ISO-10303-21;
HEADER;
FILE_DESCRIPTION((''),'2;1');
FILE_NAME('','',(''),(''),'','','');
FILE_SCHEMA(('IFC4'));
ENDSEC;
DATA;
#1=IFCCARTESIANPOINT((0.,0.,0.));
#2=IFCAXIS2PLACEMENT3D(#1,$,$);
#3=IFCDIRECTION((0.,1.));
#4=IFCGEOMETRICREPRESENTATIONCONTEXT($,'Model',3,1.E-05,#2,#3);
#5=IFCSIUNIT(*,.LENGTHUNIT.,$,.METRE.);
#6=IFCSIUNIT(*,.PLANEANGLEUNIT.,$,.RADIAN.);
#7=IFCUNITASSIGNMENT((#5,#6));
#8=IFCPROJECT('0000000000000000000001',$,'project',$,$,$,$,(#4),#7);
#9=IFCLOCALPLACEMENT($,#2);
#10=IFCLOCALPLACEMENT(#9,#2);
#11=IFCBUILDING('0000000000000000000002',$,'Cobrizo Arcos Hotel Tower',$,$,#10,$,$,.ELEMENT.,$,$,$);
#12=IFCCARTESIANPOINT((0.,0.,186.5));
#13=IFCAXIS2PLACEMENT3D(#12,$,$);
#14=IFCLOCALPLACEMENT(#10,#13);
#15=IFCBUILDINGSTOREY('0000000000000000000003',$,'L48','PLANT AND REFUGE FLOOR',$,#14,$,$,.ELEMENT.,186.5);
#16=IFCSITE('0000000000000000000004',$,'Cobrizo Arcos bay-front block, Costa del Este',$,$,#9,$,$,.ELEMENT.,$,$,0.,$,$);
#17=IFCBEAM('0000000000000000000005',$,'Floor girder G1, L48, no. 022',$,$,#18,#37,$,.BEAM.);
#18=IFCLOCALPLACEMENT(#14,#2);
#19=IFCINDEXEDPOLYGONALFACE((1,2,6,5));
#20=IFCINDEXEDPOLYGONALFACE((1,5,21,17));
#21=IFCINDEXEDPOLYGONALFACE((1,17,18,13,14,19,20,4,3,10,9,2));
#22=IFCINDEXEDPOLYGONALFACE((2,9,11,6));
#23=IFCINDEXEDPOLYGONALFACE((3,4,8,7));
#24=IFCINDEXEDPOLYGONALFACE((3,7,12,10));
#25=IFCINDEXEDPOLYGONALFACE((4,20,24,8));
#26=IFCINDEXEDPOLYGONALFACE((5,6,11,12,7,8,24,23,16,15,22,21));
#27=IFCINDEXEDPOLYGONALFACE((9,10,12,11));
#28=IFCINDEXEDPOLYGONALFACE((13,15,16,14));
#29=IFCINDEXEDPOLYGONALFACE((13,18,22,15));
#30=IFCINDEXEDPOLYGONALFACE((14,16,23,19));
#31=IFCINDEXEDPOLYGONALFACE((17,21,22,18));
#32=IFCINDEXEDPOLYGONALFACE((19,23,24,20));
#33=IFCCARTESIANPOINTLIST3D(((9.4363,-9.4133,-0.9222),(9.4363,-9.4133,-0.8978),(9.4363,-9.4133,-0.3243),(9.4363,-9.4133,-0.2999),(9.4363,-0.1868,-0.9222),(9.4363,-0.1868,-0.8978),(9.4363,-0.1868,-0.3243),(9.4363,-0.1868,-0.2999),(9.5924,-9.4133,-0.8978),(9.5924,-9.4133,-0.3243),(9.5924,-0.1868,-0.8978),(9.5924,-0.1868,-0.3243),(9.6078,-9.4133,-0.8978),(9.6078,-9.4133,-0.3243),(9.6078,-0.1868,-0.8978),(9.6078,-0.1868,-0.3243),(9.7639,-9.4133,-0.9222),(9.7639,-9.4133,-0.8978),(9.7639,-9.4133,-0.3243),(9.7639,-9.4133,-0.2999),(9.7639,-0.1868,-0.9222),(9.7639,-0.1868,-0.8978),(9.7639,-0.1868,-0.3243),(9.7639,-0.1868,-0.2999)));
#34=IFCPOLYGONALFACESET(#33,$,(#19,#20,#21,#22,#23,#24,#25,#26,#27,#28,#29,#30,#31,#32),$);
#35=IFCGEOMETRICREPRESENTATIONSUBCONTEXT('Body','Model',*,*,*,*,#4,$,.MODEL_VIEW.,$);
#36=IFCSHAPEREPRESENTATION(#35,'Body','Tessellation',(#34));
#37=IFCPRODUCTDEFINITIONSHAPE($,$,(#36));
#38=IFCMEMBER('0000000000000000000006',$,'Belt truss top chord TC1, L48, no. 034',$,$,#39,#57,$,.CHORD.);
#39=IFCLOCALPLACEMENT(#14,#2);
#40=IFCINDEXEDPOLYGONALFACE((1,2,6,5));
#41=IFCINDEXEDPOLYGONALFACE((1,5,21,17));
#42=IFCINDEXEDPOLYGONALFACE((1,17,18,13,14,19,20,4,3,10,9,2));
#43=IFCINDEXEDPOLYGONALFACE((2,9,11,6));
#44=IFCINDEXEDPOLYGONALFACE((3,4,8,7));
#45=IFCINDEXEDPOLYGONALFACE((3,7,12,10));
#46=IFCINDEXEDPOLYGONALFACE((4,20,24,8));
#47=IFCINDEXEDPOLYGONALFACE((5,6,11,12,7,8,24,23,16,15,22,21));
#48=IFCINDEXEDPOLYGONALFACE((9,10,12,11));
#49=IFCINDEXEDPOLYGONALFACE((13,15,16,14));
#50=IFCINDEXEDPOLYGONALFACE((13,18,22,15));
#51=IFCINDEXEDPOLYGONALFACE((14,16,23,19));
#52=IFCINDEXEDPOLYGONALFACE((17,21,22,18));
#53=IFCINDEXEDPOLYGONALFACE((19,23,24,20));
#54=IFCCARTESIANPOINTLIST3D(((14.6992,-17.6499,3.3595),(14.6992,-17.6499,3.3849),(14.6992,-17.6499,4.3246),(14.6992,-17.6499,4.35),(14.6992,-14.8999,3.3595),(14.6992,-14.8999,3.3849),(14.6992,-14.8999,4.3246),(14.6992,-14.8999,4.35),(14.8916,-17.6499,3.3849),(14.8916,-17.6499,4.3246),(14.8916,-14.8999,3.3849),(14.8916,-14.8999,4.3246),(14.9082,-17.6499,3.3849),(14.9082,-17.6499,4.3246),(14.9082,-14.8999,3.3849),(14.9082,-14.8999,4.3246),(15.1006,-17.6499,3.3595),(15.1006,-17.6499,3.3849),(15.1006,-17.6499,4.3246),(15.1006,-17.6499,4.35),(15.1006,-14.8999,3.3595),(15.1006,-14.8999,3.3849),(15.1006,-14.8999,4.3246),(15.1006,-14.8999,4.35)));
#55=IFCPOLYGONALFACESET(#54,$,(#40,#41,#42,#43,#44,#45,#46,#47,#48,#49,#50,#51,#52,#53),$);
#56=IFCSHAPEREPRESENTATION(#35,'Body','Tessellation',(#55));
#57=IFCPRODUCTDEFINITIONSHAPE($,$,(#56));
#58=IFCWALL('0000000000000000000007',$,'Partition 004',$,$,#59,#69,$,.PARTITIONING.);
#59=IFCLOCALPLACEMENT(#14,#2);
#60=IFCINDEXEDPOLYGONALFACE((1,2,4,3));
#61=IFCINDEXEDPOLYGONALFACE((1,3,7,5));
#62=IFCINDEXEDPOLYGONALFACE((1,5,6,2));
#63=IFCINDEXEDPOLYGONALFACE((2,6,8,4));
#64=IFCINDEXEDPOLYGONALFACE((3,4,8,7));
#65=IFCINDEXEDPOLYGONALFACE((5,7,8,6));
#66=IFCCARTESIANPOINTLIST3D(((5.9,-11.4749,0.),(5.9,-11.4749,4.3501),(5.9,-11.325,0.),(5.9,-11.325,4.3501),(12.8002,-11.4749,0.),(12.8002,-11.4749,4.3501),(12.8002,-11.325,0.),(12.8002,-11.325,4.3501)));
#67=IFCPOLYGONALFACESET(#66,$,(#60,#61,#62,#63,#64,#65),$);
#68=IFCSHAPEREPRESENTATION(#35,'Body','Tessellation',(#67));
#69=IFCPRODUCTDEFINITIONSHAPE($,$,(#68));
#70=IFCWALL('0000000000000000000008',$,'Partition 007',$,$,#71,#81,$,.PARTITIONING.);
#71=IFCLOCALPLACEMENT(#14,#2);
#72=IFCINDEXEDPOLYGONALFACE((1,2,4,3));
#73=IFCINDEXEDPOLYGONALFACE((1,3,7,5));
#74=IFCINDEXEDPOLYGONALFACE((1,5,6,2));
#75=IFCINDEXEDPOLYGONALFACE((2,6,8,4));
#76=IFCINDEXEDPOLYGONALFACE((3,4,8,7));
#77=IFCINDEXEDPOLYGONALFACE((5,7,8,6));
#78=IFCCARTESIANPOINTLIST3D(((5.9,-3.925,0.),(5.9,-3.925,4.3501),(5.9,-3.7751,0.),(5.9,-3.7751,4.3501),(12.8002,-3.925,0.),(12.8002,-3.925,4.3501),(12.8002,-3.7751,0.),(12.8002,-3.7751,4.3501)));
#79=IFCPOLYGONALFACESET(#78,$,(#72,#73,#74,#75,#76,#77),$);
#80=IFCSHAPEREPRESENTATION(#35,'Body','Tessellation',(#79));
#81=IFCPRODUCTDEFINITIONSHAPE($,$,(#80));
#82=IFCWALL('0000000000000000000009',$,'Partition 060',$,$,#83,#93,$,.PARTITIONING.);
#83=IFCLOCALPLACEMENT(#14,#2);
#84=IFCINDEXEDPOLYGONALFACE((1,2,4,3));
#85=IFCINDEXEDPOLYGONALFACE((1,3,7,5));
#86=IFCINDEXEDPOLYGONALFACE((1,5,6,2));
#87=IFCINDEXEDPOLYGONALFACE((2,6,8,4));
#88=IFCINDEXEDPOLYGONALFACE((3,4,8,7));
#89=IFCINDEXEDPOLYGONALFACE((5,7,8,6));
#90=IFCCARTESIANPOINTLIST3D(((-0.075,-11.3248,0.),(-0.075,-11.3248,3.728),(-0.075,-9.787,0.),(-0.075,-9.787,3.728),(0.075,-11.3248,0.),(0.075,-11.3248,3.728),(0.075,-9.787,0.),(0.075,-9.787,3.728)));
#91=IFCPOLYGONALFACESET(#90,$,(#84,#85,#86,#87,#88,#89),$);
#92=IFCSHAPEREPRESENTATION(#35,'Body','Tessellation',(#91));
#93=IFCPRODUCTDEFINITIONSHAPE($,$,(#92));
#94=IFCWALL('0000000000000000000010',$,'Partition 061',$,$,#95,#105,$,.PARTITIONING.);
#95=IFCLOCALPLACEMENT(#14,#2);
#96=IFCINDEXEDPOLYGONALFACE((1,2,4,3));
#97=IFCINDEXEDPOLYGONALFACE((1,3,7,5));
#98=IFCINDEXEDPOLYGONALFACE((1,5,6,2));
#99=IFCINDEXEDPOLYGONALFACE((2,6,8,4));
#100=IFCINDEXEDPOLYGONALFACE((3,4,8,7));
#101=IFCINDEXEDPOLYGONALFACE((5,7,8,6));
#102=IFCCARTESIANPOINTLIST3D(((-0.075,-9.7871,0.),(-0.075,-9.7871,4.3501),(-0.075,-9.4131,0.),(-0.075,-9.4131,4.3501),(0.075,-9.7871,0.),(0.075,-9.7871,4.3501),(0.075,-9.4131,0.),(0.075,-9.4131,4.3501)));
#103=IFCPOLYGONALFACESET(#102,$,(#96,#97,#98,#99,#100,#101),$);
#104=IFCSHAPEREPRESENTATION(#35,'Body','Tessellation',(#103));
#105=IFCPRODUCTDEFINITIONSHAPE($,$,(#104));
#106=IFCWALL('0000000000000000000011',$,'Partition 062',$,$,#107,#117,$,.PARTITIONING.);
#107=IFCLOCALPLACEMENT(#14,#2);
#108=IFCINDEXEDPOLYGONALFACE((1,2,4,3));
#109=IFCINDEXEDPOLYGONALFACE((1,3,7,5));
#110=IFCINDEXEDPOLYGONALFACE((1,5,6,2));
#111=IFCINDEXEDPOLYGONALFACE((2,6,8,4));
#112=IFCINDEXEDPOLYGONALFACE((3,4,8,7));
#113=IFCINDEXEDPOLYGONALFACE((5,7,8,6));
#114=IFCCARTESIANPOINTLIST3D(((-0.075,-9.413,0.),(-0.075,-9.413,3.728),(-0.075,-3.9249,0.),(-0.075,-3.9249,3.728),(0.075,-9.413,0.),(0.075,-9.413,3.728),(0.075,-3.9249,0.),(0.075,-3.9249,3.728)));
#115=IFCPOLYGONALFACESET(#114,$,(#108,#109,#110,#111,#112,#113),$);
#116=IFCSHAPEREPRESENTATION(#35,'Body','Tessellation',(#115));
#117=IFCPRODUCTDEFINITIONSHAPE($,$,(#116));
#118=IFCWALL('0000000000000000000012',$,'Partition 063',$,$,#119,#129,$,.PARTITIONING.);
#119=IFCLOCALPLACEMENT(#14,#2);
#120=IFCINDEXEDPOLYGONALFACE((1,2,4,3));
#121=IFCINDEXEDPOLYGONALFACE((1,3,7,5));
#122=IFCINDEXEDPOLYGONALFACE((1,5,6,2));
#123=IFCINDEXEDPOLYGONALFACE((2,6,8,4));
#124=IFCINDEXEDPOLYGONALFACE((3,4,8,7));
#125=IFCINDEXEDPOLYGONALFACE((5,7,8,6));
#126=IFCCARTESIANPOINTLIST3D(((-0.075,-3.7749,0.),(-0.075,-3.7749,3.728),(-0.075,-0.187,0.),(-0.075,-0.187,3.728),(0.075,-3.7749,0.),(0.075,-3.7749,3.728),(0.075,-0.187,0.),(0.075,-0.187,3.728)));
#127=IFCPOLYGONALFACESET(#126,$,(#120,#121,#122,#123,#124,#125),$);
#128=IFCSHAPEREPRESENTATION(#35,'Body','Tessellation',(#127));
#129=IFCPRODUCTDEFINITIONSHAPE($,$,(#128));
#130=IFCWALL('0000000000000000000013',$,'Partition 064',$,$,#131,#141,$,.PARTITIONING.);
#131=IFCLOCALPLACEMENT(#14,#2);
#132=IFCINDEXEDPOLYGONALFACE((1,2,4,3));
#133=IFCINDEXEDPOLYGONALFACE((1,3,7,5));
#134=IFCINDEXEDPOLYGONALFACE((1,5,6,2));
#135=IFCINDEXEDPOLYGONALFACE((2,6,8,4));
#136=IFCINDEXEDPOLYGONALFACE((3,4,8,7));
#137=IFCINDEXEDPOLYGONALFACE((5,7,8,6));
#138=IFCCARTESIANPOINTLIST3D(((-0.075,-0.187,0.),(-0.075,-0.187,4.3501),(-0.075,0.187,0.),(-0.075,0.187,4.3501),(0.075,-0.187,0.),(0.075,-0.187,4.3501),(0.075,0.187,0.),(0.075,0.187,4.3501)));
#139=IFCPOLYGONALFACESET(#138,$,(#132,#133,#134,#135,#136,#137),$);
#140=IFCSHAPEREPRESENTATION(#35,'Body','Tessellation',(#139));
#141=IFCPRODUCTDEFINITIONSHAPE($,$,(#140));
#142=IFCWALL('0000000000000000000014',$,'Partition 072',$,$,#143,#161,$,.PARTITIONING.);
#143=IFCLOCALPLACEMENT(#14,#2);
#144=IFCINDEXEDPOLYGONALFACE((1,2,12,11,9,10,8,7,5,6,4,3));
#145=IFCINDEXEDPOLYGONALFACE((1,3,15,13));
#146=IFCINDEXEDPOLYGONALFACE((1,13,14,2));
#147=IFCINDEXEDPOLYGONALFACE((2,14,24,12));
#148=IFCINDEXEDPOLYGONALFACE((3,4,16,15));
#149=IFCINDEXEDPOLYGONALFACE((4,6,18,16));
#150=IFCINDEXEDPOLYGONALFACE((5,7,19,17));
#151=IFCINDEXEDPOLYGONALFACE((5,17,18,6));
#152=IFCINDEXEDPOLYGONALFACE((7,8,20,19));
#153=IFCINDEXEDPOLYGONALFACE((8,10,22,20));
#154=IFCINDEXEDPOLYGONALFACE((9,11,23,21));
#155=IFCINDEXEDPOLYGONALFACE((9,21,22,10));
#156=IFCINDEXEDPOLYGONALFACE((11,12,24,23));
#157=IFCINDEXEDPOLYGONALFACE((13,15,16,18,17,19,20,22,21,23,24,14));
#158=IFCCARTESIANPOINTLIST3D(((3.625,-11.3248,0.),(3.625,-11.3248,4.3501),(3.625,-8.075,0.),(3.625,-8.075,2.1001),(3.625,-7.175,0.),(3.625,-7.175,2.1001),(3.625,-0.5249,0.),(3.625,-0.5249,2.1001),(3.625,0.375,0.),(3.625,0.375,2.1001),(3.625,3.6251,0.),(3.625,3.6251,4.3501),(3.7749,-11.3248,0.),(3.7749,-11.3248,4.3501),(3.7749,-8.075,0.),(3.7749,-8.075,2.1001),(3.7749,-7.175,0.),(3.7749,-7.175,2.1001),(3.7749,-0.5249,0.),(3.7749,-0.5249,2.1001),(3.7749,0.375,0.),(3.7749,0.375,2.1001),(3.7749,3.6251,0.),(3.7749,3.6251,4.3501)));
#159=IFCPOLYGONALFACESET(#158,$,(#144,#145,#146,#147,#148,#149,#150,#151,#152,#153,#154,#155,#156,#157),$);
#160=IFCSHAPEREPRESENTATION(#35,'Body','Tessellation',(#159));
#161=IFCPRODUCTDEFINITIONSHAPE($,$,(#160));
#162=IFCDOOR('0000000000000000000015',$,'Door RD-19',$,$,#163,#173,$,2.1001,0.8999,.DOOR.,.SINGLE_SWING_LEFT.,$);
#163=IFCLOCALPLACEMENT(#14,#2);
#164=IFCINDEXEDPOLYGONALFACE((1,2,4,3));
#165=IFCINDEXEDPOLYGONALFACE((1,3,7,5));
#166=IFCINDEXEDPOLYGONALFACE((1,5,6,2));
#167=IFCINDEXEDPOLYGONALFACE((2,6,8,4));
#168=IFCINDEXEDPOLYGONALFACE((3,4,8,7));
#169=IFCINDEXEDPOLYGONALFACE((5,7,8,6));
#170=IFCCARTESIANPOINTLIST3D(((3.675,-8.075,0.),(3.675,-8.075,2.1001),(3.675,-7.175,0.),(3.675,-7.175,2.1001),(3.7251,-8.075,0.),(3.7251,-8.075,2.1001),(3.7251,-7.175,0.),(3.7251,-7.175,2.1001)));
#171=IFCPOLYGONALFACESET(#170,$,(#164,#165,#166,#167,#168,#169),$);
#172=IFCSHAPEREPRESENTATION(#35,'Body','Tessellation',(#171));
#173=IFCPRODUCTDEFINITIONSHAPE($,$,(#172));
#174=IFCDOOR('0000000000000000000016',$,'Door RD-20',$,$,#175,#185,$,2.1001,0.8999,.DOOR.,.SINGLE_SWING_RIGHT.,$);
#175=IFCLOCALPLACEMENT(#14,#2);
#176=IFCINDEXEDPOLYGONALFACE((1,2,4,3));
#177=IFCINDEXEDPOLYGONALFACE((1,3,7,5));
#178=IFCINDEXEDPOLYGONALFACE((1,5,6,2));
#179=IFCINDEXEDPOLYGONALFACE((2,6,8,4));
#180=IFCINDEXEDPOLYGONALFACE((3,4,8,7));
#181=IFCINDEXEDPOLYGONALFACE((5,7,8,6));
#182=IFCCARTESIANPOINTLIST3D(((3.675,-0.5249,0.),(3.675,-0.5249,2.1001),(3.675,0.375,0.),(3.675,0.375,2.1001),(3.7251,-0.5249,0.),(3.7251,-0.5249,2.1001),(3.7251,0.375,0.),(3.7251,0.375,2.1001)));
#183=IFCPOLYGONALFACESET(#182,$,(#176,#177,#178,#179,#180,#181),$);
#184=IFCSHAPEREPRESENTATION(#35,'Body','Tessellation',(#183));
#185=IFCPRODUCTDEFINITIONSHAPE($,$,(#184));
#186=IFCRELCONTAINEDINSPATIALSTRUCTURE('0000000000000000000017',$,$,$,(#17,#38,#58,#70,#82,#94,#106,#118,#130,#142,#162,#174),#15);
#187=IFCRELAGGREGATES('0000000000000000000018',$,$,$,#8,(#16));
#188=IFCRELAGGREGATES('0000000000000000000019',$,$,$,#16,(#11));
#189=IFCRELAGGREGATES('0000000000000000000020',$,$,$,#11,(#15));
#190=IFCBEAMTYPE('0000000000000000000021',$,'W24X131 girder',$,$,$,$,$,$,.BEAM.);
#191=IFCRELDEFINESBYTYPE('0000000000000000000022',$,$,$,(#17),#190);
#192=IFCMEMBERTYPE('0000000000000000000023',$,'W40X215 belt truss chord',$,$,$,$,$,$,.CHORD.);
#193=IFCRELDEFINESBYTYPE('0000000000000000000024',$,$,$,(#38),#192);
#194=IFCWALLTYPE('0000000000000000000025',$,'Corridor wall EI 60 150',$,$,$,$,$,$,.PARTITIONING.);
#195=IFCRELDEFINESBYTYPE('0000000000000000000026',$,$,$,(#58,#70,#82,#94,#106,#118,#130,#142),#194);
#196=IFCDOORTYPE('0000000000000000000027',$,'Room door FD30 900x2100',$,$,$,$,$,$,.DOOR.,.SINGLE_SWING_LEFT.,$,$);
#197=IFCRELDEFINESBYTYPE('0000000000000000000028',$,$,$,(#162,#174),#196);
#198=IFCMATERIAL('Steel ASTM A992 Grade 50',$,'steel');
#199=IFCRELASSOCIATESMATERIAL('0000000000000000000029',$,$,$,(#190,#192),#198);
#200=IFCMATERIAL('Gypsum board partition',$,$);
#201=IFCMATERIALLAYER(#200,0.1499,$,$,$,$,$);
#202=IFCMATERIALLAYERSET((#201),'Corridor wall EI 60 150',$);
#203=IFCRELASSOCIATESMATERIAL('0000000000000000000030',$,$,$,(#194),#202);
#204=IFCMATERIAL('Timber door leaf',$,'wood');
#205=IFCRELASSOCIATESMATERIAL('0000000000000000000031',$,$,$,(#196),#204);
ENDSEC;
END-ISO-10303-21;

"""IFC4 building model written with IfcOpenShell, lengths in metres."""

from ifc_helpers import new_model, si_unit, direction, frame, frame_2d, origin, origin_2d, place, context, subcontext, project, spatial, rectangle, i_section, extrude, material, layer, layer_set, material_profile, profile_set, type_object, element, fill, save


model = new_model("IFC4")

# Units and contexts
model_context = context("Model", 3, precision=1e-05, world=origin(), true_north=direction((0.0, 1.0)))
body_context = subcontext(model_context, "Body", "Model", "MODEL_VIEW")
ifc_project = project(units=[si_unit("LENGTHUNIT", "METRE"), si_unit("PLANEANGLEUNIT", "RADIAN")], contexts=[model_context])

# Site, building, storey
site_placement = place(None, origin())
site = spatial("IfcSite", under=ifc_project, at=site_placement, Name="Cobrizo Arcos bay-front block, Costa del Este", CompositionType="ELEMENT", RefElevation=0.0)
building_placement = place(site_placement, origin())
building = spatial("IfcBuilding", under=site, at=building_placement, Name="Cobrizo Arcos Hotel Tower", CompositionType="ELEMENT")
storey_placement = place(building_placement, frame((0.0, 0.0, 186.5)))
storey = spatial("IfcBuildingStorey", under=building, at=storey_placement, Name="L48", Description="PLANT AND REFUGE FLOOR", CompositionType="ELEMENT", Elevation=186.5)

# Shared definitions
ifc_material_1 = material(Name="Steel ASTM A992 Grade 50", Category="steel")

# Beam
ifc_material_profile_1 = material_profile(ifc_material_1, i_section(OverallWidth=0.3276, OverallDepth=0.6223, WebThickness=0.0154, FlangeThickness=0.0244, at=origin_2d()), Name="W24X131")
ifc_profile_set_1 = profile_set([ifc_material_profile_1], Name="Steel ASTM A992 Grade 50")
beam_type_1 = type_object("IfcBeamType", Name="W24X131 girder", PredefinedType="BEAM", material=ifc_profile_set_1)
beam_1_placement = place(storey_placement, frame((9.6001, -9.4133, -0.6111), z_axis=(0.0, 1.0, 0.0), x_axis=(-1.0, 0.0, 0.0)))
element("IfcBeam", 1, at=beam_1_placement, inside=storey, type_object=beam_type_1, Name="Floor girder G1, L48, no. 022", PredefinedType="BEAM", context=body_context, shape_type="SweptSolid", body=[
    extrude(i_section(OverallWidth=0.3276, OverallDepth=0.6223, WebThickness=0.0154, FlangeThickness=0.0244, at=origin_2d()), origin(), (0.0, 0.0, 1.0), 9.2266),
])

# Member
ifc_material_profile_2 = material_profile(ifc_material_1, i_section(OverallWidth=0.4014, OverallDepth=0.9905, WebThickness=0.0166, FlangeThickness=0.0254, at=origin_2d()), Name="W40X215")
ifc_profile_set_2 = profile_set([ifc_material_profile_2], Name="Steel ASTM A992 Grade 50")
member_type = type_object("IfcMemberType", Name="W40X215 belt truss chord", PredefinedType="CHORD", material=ifc_profile_set_2)
member_placement = place(storey_placement, frame((14.8999, -17.6499, 3.8547), z_axis=(0.0, 1.0, 0.0), x_axis=(-1.0, 0.0, 0.0)))
element("IfcMember", 2, at=member_placement, inside=storey, type_object=member_type, Name="Belt truss top chord TC1, L48, no. 034", PredefinedType="CHORD", context=body_context, shape_type="SweptSolid", body=[
    extrude(i_section(OverallWidth=0.4014, OverallDepth=0.9905, WebThickness=0.0166, FlangeThickness=0.0254, at=origin_2d()), origin(), (0.0, 0.0, 1.0), 2.75),
])

# Walls
ifc_material_2 = material(Name="Gypsum board partition")
ifc_layer_1 = layer(ifc_material_2, 0.1499)
ifc_layer_set_1 = layer_set([ifc_layer_1], Name="Corridor wall EI 60 150")
wall_type_1 = type_object("IfcWallType", Name="Corridor wall EI 60 150", PredefinedType="PARTITIONING", material=ifc_layer_set_1)
for number, where, z_axis, x_axis, name in (
    (3, (5.8999, -11.3999, 0.0), (0.0, 0.0, 1.0), (1.0, 0.0, 0.0), "Partition 004"),
    (4, (5.8999, -3.8501, 0.0), (0.0, 0.0, 1.0), (1.0, 0.0, 0.0), "Partition 007"),
):
    element("IfcWall", number, at=place(storey_placement, frame(where, z_axis=z_axis, x_axis=x_axis)), inside=storey, type_object=wall_type_1, Name=name, PredefinedType="PARTITIONING", context=body_context, shape_type="SweptSolid", body=[
        extrude(rectangle(XDim=6.9001, YDim=0.1499, at=frame_2d((3.4502, 0.0))), origin(), (0.0, 0.0, 1.0), 4.3501),
    ])
wall_1_placement = place(storey_placement, frame((0.0, -11.325, 0.0), z_axis=(0.0, 0.0, 1.0), x_axis=(0.0, 1.0, 0.0)))
element("IfcWall", 5, at=wall_1_placement, inside=storey, type_object=wall_type_1, Name="Partition 060", PredefinedType="PARTITIONING", context=body_context, shape_type="SweptSolid", body=[
    extrude(rectangle(XDim=1.5378, YDim=0.1499, at=frame_2d((0.769, 0.0))), origin(), (0.0, 0.0, 1.0), 3.728),
])
wall_2_placement = place(storey_placement, frame((0.0, -9.7871, 0.0), z_axis=(0.0, 0.0, 1.0), x_axis=(0.0, 1.0, 0.0)))
element("IfcWall", 6, at=wall_2_placement, inside=storey, type_object=wall_type_1, Name="Partition 061", PredefinedType="PARTITIONING", context=body_context, shape_type="SweptSolid", body=[
    extrude(rectangle(XDim=0.374, YDim=0.1499, at=frame_2d((0.187, 0.0))), origin(), (0.0, 0.0, 1.0), 4.3501),
])
wall_3_placement = place(storey_placement, frame((0.0, -9.4131, 0.0), z_axis=(0.0, 0.0, 1.0), x_axis=(0.0, 1.0, 0.0)))
element("IfcWall", 7, at=wall_3_placement, inside=storey, type_object=wall_type_1, Name="Partition 062", PredefinedType="PARTITIONING", context=body_context, shape_type="SweptSolid", body=[
    extrude(rectangle(XDim=5.488, YDim=0.1499, at=frame_2d((2.7441, 0.0))), origin(), (0.0, 0.0, 1.0), 3.728),
])
wall_4_placement = place(storey_placement, frame((0.0, -3.7749, 0.0), z_axis=(0.0, 0.0, 1.0), x_axis=(0.0, 1.0, 0.0)))
element("IfcWall", 8, at=wall_4_placement, inside=storey, type_object=wall_type_1, Name="Partition 063", PredefinedType="PARTITIONING", context=body_context, shape_type="SweptSolid", body=[
    extrude(rectangle(XDim=3.5879, YDim=0.1499, at=frame_2d((1.7939, 0.0))), origin(), (0.0, 0.0, 1.0), 3.728),
])
wall_5_placement = place(storey_placement, frame((0.0, -0.187, 0.0), z_axis=(0.0, 0.0, 1.0), x_axis=(0.0, 1.0, 0.0)))
element("IfcWall", 9, at=wall_5_placement, inside=storey, type_object=wall_type_1, Name="Partition 064", PredefinedType="PARTITIONING", context=body_context, shape_type="SweptSolid", body=[
    extrude(rectangle(XDim=0.374, YDim=0.1499, at=frame_2d((0.187, 0.0))), origin(), (0.0, 0.0, 1.0), 4.3501),
])

# Wall, openings, doors
wall_6_placement = place(storey_placement, frame((3.7, -11.325, 0.0), z_axis=(0.0, 0.0, 1.0), x_axis=(0.0, 1.0, 0.0)))
wall_6 = element("IfcWall", 10, at=wall_6_placement, inside=storey, type_object=wall_type_1, Name="Partition 072", PredefinedType="PARTITIONING", context=body_context, shape_type="SweptSolid", body=[
    extrude(rectangle(XDim=14.95, YDim=0.1499, at=frame_2d((7.4751, 0.0))), origin(), (0.0, 0.0, 1.0), 4.3501),
])
opening_1_placement = place(wall_6_placement, frame((3.25, 0.0, 0.0)))
opening_1 = element("IfcOpeningElement", 11, at=opening_1_placement, cuts=wall_6, PredefinedType="OPENING", context=body_context, shape_type="SweptSolid", body=[
    extrude(rectangle(XDim=0.8999, YDim=2.1001, at=frame_2d((0.45, 1.05))), frame((0.0, 0.0869, 0.0), z_axis=(0.0, -1.0, 0.0), x_axis=(1.0, 0.0, 0.0)), (0.0, 0.0, 1.0), 0.1738),
])
opening_2_placement = place(wall_6_placement, frame((10.8, 0.0, 0.0)))
opening_2 = element("IfcOpeningElement", 12, at=opening_2_placement, cuts=wall_6, PredefinedType="OPENING", context=body_context, shape_type="SweptSolid", body=[
    extrude(rectangle(XDim=0.8999, YDim=2.1001, at=frame_2d((0.45, 1.05))), frame((0.0, 0.0869, 0.0), z_axis=(0.0, -1.0, 0.0), x_axis=(1.0, 0.0, 0.0)), (0.0, 0.0, 1.0), 0.1738),
])
ifc_material_3 = material(Name="Timber door leaf", Category="wood")
door_type_1 = type_object("IfcDoorType", Name="Room door FD30 900x2100", OperationType="SINGLE_SWING_LEFT", PredefinedType="DOOR", material=ifc_material_3)
door_1_placement = place(opening_1_placement, origin())
door_1 = element("IfcDoor", 13, at=door_1_placement, inside=storey, type_object=door_type_1, Name="Door RD-19", OperationType="SINGLE_SWING_LEFT", OverallHeight=2.1001, OverallWidth=0.8999, PredefinedType="DOOR", context=body_context, shape_type="SweptSolid", body=[
    extrude(rectangle(XDim=0.8999, YDim=2.1001, at=frame_2d((0.45, 1.05))), frame((0.0, 0.0249, 0.0), z_axis=(0.0, -1.0, 0.0), x_axis=(1.0, 0.0, 0.0)), (0.0, 0.0, 1.0), 0.05),
])
fill(opening_1, door_1)
door_2_placement = place(opening_2_placement, origin())
door_2 = element("IfcDoor", 14, at=door_2_placement, inside=storey, type_object=door_type_1, Name="Door RD-20", OperationType="SINGLE_SWING_RIGHT", OverallHeight=2.1001, OverallWidth=0.8999, PredefinedType="DOOR", context=body_context, shape_type="SweptSolid", body=[
    extrude(rectangle(XDim=0.8999, YDim=2.1001, at=frame_2d((0.45, 1.05))), frame((0.0, 0.0249, 0.0), z_axis=(0.0, -1.0, 0.0), x_axis=(1.0, 0.0, 0.0)), (0.0, 0.0, 1.0), 0.05),
])
fill(opening_2, door_2)

save(model, "model.ifc")
